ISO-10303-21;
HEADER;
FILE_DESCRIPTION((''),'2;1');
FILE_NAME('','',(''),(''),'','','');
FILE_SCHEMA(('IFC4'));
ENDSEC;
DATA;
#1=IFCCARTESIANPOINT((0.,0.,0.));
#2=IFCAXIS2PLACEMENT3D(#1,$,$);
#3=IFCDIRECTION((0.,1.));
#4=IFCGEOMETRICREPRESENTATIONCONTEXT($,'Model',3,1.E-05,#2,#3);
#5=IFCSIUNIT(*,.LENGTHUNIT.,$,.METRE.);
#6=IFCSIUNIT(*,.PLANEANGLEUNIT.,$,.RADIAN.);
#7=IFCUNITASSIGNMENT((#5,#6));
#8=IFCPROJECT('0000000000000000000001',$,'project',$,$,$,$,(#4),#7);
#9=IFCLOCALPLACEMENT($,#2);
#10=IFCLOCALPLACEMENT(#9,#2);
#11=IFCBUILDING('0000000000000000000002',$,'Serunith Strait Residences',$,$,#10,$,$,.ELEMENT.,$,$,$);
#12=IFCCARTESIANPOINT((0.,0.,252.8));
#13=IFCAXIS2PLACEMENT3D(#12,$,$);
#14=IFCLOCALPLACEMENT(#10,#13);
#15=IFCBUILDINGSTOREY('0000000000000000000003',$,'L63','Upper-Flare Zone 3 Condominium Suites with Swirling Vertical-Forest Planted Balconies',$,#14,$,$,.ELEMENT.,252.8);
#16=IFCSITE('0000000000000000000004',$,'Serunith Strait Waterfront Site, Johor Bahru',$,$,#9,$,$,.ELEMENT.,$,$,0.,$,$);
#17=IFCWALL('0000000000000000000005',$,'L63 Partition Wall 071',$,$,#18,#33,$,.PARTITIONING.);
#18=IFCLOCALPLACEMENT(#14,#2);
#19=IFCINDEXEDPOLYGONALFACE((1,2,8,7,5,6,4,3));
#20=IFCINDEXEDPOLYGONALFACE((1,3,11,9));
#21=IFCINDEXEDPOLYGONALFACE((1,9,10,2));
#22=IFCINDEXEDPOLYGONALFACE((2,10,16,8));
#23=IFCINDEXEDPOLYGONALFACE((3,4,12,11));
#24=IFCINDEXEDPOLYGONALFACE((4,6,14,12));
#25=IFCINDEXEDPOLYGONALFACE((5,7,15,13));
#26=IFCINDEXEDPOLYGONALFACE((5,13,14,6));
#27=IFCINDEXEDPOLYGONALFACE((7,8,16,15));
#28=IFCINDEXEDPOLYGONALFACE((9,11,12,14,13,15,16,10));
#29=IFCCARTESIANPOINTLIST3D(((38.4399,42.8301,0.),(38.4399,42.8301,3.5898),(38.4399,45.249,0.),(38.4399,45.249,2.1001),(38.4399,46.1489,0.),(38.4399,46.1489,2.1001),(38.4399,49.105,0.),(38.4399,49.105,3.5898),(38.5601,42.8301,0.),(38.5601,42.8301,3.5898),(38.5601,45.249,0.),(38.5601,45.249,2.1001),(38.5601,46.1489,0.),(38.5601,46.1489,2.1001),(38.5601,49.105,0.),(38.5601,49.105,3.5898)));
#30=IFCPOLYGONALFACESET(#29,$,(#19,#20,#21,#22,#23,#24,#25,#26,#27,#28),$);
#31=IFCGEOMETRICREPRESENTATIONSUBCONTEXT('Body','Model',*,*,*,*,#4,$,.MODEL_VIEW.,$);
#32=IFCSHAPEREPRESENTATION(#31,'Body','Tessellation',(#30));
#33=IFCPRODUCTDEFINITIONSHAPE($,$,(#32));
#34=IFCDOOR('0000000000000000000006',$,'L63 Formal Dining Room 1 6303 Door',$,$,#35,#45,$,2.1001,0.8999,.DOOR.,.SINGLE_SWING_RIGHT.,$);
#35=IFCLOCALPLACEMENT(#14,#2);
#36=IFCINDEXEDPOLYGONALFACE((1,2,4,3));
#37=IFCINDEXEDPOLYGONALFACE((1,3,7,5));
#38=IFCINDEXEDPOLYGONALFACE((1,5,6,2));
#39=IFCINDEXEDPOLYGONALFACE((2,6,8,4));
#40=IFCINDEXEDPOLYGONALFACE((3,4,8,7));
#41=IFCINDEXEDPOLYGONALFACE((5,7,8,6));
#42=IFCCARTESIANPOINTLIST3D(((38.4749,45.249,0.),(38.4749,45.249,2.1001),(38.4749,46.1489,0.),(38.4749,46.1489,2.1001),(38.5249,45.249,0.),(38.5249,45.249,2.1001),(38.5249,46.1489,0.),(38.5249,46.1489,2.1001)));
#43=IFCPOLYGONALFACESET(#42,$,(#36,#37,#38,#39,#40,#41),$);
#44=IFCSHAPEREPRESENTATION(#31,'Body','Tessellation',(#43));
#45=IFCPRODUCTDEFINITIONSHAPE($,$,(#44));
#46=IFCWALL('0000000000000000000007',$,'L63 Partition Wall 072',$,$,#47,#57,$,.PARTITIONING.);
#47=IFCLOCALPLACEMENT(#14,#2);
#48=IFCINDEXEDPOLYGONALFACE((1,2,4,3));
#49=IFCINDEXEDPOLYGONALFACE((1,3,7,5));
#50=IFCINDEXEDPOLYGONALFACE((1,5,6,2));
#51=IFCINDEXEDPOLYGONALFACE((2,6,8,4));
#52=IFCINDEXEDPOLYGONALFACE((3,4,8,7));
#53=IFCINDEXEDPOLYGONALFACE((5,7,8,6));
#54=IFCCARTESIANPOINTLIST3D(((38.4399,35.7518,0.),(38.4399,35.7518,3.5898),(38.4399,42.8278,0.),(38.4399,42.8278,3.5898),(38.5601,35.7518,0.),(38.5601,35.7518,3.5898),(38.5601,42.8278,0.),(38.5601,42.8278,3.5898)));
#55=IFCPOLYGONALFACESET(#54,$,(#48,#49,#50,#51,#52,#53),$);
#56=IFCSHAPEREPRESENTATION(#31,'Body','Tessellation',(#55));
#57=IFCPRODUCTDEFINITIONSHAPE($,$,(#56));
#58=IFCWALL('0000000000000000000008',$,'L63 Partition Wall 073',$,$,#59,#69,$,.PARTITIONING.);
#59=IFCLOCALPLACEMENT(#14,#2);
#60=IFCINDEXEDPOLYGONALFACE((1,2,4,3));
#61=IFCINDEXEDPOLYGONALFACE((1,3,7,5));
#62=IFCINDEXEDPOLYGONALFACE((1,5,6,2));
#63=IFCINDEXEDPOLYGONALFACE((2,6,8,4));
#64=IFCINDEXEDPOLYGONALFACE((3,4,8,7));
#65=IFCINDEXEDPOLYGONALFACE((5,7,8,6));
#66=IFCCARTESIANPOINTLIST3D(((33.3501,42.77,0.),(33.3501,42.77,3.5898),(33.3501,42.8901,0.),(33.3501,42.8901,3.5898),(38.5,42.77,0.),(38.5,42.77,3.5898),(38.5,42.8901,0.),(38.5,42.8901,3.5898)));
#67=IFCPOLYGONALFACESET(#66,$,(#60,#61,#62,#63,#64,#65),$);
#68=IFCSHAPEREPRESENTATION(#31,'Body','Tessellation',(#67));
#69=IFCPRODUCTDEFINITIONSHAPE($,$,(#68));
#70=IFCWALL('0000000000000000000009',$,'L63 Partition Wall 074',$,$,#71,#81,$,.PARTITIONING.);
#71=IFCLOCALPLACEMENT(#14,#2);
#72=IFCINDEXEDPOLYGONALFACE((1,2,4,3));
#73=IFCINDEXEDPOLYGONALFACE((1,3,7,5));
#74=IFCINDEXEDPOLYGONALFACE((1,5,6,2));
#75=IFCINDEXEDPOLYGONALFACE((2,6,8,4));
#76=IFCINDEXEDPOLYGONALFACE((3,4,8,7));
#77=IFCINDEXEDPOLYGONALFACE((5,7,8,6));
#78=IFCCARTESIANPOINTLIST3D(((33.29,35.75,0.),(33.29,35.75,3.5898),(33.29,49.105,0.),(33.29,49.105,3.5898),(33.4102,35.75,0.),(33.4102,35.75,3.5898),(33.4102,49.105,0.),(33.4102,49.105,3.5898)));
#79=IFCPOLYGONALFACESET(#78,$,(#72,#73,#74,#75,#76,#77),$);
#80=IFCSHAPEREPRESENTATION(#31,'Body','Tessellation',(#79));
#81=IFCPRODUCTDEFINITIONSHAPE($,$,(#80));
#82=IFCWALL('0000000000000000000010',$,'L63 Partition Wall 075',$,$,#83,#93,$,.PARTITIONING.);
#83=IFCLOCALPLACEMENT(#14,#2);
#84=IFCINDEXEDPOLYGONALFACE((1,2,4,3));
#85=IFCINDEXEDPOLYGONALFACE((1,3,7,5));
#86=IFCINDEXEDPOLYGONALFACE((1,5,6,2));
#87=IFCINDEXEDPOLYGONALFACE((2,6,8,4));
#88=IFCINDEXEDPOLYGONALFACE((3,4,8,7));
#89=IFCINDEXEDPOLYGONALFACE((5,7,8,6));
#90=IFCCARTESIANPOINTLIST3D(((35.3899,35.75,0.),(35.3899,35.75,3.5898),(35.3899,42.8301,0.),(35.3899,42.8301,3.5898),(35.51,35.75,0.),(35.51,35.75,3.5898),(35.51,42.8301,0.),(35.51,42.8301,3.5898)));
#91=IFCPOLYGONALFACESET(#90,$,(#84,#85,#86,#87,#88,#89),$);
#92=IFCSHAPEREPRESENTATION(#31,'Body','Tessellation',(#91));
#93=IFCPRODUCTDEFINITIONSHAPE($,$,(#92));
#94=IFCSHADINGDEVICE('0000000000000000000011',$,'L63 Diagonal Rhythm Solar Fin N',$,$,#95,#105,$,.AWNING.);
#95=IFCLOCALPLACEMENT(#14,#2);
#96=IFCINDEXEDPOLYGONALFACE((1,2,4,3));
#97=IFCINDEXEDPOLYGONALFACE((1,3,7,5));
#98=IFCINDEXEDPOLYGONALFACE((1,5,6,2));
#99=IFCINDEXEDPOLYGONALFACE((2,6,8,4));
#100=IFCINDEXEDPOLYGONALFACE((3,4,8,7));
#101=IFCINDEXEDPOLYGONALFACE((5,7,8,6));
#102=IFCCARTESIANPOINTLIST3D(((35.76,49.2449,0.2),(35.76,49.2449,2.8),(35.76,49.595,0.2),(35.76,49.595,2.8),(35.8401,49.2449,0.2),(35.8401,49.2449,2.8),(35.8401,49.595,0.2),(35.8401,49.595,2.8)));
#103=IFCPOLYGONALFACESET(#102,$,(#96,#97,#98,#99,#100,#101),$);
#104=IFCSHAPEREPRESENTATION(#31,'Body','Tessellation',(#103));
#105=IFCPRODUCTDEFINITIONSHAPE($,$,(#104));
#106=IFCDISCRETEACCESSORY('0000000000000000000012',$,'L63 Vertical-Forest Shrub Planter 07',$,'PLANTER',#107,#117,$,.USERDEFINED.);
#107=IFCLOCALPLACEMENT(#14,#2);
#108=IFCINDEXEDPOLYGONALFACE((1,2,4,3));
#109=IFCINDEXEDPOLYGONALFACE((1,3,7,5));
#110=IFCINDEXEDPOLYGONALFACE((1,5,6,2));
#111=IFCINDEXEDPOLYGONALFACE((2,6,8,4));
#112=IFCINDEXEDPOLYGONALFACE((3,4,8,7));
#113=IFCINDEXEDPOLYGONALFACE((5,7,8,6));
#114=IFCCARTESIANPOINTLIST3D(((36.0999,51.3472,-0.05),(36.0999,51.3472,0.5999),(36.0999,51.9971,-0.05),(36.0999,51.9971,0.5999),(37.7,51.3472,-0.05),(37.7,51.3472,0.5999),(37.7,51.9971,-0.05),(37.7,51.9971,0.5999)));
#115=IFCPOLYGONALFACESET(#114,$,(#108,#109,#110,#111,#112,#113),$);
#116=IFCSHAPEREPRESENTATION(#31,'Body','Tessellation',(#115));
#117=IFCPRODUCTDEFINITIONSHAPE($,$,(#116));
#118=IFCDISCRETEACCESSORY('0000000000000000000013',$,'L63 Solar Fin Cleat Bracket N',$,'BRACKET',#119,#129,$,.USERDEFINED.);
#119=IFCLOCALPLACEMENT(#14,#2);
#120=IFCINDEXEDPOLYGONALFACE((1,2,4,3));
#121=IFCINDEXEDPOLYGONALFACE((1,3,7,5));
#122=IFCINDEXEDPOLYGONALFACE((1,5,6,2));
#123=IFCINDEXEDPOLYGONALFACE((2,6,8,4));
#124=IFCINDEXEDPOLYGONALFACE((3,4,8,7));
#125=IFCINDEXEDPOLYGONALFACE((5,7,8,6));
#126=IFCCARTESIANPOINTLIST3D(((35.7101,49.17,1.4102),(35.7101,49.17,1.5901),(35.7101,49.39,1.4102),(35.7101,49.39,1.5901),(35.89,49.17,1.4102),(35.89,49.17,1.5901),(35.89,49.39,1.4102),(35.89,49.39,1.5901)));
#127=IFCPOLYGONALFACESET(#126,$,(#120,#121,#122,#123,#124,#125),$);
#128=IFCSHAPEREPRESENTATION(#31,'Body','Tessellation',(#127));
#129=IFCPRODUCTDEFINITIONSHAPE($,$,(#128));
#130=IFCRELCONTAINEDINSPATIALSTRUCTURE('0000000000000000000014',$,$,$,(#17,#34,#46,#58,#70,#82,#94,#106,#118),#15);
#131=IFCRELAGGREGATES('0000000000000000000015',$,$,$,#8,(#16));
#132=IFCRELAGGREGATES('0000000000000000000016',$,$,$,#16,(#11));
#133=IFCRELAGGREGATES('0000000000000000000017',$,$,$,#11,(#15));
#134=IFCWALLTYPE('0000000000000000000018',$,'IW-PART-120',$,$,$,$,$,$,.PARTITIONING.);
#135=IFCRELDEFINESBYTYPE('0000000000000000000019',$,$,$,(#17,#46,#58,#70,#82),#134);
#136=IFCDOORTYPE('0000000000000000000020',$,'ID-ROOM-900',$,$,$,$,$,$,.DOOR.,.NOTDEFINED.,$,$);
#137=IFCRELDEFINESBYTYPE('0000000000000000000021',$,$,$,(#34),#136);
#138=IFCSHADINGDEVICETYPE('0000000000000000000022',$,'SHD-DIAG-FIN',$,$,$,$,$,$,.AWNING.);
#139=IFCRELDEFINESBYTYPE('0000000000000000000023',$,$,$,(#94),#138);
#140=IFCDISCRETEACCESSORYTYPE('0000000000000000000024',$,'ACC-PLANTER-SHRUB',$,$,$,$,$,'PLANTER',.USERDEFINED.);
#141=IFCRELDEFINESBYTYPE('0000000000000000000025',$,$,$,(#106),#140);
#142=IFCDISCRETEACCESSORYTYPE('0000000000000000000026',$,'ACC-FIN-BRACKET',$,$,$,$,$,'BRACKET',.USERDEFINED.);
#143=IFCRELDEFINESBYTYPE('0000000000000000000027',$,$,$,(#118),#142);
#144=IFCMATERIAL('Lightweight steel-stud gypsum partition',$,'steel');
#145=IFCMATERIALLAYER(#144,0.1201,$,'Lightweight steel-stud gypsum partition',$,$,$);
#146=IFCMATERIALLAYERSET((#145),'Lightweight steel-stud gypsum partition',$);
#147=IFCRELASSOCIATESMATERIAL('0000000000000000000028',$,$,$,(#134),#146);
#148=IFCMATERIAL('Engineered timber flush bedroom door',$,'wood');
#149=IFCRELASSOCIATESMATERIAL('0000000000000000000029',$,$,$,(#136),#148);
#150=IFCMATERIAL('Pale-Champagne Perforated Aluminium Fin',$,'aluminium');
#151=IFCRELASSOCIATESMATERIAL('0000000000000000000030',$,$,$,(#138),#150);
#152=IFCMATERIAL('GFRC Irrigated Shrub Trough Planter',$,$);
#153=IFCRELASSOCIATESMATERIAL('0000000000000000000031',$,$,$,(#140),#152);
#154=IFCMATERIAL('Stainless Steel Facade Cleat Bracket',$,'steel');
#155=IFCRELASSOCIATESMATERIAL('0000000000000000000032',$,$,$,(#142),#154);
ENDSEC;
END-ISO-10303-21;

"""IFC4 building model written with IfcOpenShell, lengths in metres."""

from ifc_helpers import new_model, si_unit, direction, frame, frame_2d, origin, origin_2d, place, context, subcontext, project, spatial, rectangle, extrude, source, transform, mapped, material, layer, layer_set, type_object, element, fill, save


model = new_model("IFC4")

# Units and contexts
model_context = context("Model", 3, precision=1e-05, world=origin(), true_north=direction((0.0, 1.0)))
body_context = subcontext(model_context, "Body", "Model", "MODEL_VIEW")
ifc_project = project(units=[si_unit("LENGTHUNIT", "METRE"), si_unit("PLANEANGLEUNIT", "RADIAN")], contexts=[model_context])

# Site, building, storey
site_placement = place(None, origin())
site = spatial("IfcSite", under=ifc_project, at=site_placement, Name="Serunith Strait Waterfront Site, Johor Bahru", CompositionType="ELEMENT", RefElevation=0.0)
building_placement = place(site_placement, origin())
building = spatial("IfcBuilding", under=site, at=building_placement, Name="Serunith Strait Residences", CompositionType="ELEMENT")
storey_placement = place(building_placement, frame((0.0, 0.0, 252.8)))
storey = spatial("IfcBuildingStorey", under=building, at=storey_placement, Name="L63", Description="Upper-Flare Zone 3 Condominium Suites with Swirling Vertical-Forest Planted Balconies", CompositionType="ELEMENT", Elevation=252.8)

# Shared definitions
ifc_material_1 = material(Name="Lightweight steel-stud gypsum partition", Category="steel")
ifc_layer_1 = layer(ifc_material_1, 0.1201, Name="Lightweight steel-stud gypsum partition")
ifc_layer_set_1 = layer_set([ifc_layer_1], Name="Lightweight steel-stud gypsum partition")
wall_type = type_object("IfcWallType", Name="IW-PART-120", PredefinedType="PARTITIONING", material=ifc_layer_set_1)

# Wall, opening, door
wall_1_placement = place(storey_placement, frame((38.5, 49.105, 0.0), z_axis=(0.0, 0.0, 1.0), x_axis=(0.0, -1.0, 0.0)))
wall_1 = element("IfcWall", 1, at=wall_1_placement, inside=storey, type_object=wall_type, Name="L63 Partition Wall 071", PredefinedType="PARTITIONING", context=body_context, shape_type="SweptSolid", body=[
    extrude(rectangle(XDim=6.2749, YDim=0.1201, at=frame_2d((3.1375, 0.0))), origin(), (0.0, 0.0, 1.0), 3.5898),
])
opening_placement = place(wall_1_placement, frame((2.9561, 0.0, 0.0)))
opening = element("IfcOpeningElement", 2, at=opening_placement, cuts=wall_1, PredefinedType="OPENING", context=body_context, shape_type="SweptSolid", body=[
    extrude(rectangle(XDim=0.8999, YDim=2.1001, at=frame_2d((0.45, 1.05))), frame((0.0, 0.0701, 0.0), z_axis=(0.0, -1.0, 0.0), x_axis=(1.0, 0.0, 0.0)), (0.0, 0.0, 1.0), 0.1401),
])
ifc_material_2 = material(Name="Engineered timber flush bedroom door", Category="wood")
door_type = type_object("IfcDoorType", Name="ID-ROOM-900", OperationType="NOTDEFINED", PredefinedType="DOOR", material=ifc_material_2)
shared_shape_1 = source(origin(), body_context, "Body", "SweptSolid", [
    extrude(rectangle(XDim=0.8999, YDim=2.1001, at=frame_2d((0.45, 1.05))), frame((0.0, 0.0249, 0.0), z_axis=(0.0, -1.0, 0.0), x_axis=(1.0, 0.0, 0.0)), (0.0, 0.0, 1.0), 0.05),
])
door_placement = place(opening_placement, origin())
door = element("IfcDoor", 3, at=door_placement, inside=storey, type_object=door_type, Name="L63 Formal Dining Room 1 6303 Door", OperationType="SINGLE_SWING_RIGHT", OverallHeight=2.1001, OverallWidth=0.8999, PredefinedType="DOOR", context=body_context, shape_type="MappedRepresentation", body=[
    mapped(shared_shape_1, transform((0.0, 0.0, 0.0), scale=1.0)),
])
fill(opening, door)

# Walls
wall_2_placement = place(storey_placement, frame((38.5, 42.8279, 0.0), z_axis=(0.0, 0.0, 1.0), x_axis=(0.0, -1.0, 0.0)))
element("IfcWall", 4, at=wall_2_placement, inside=storey, type_object=wall_type, Name="L63 Partition Wall 072", PredefinedType="PARTITIONING", context=body_context, shape_type="SweptSolid", body=[
    extrude(rectangle(XDim=7.0759, YDim=0.1201, at=frame_2d((3.5381, 0.0))), origin(), (0.0, 0.0, 1.0), 3.5898),
])
wall_3_placement = place(storey_placement, frame((33.3501, 42.8301, 0.0), z_axis=(0.0, 0.0, 1.0), x_axis=(1.0, 0.0, 0.0)))
element("IfcWall", 5, at=wall_3_placement, inside=storey, type_object=wall_type, Name="L63 Partition Wall 073", PredefinedType="PARTITIONING", context=body_context, shape_type="SweptSolid", body=[
    extrude(rectangle(XDim=5.1499, YDim=0.1201, at=frame_2d((2.575, 0.0))), origin(), (0.0, 0.0, 1.0), 3.5898),
])
wall_4_placement = place(storey_placement, frame((33.3501, 49.105, 0.0), z_axis=(0.0, 0.0, 1.0), x_axis=(0.0, -1.0, 0.0)))
element("IfcWall", 6, at=wall_4_placement, inside=storey, type_object=wall_type, Name="L63 Partition Wall 074", PredefinedType="PARTITIONING", context=body_context, shape_type="SweptSolid", body=[
    extrude(rectangle(XDim=13.355, YDim=0.1201, at=frame_2d((6.6775, 0.0))), origin(), (0.0, 0.0, 1.0), 3.5898),
])
wall_5_placement = place(storey_placement, frame((35.45, 42.8301, 0.0), z_axis=(0.0, 0.0, 1.0), x_axis=(0.0, -1.0, 0.0)))
element("IfcWall", 7, at=wall_5_placement, inside=storey, type_object=wall_type, Name="L63 Partition Wall 075", PredefinedType="PARTITIONING", context=body_context, shape_type="SweptSolid", body=[
    extrude(rectangle(XDim=7.0801, YDim=0.1201, at=frame_2d((3.54, 0.0))), origin(), (0.0, 0.0, 1.0), 3.5898),
])

# Shading device
ifc_material_3 = material(Name="Pale-Champagne Perforated Aluminium Fin", Category="aluminium")
shading_device_type = type_object("IfcShadingDeviceType", Name="SHD-DIAG-FIN", PredefinedType="AWNING", material=ifc_material_3)
shared_shape_2 = source(origin(), body_context, "Body", "SweptSolid", [
    extrude(rectangle(XDim=0.0801, YDim=0.3501, at=origin_2d()), origin(), (0.0, 0.0, 1.0), 2.6001),
])
shading_device_placement = place(storey_placement, frame((35.8, 49.4199, 0.2), z_axis=(0.0, 0.0, 1.0), x_axis=(1.0, 0.0, 0.0)))
element("IfcShadingDevice", 8, at=shading_device_placement, inside=storey, type_object=shading_device_type, Name="L63 Diagonal Rhythm Solar Fin N", PredefinedType="AWNING", context=body_context, shape_type="MappedRepresentation", body=[
    mapped(shared_shape_2, transform((0.0, 0.0, 0.0), scale=1.0)),
])

# Discrete accessories
ifc_material_4 = material(Name="GFRC Irrigated Shrub Trough Planter")
discrete_accessory_type_1 = type_object("IfcDiscreteAccessoryType", Name="ACC-PLANTER-SHRUB", ElementType="PLANTER", PredefinedType="USERDEFINED", material=ifc_material_4)
shared_shape_3 = source(origin(), body_context, "Body", "SweptSolid", [
    extrude(rectangle(XDim=1.6001, YDim=0.6499, at=origin_2d()), origin(), (0.0, 0.0, 1.0), 0.6499),
])
discrete_accessory_1_placement = place(storey_placement, frame((36.8999, 51.6721, -0.05), z_axis=(0.0, 0.0, 1.0), x_axis=(-1.0, 0.0, 0.0)))
element("IfcDiscreteAccessory", 9, at=discrete_accessory_1_placement, inside=storey, type_object=discrete_accessory_type_1, Name="L63 Vertical-Forest Shrub Planter 07", ObjectType="PLANTER", PredefinedType="USERDEFINED", context=body_context, shape_type="MappedRepresentation", body=[
    mapped(shared_shape_3, transform((0.0, 0.0, 0.0), scale=1.0)),
])
ifc_material_5 = material(Name="Stainless Steel Facade Cleat Bracket", Category="steel")
discrete_accessory_type_2 = type_object("IfcDiscreteAccessoryType", Name="ACC-FIN-BRACKET", ElementType="BRACKET", PredefinedType="USERDEFINED", material=ifc_material_5)
shared_shape_4 = source(origin(), body_context, "Body", "SweptSolid", [
    extrude(rectangle(XDim=0.1799, YDim=0.22, at=origin_2d()), origin(), (0.0, 0.0, 1.0), 0.1799),
])
discrete_accessory_2_placement = place(storey_placement, frame((35.8, 49.28, 1.4102), z_axis=(0.0, 0.0, 1.0), x_axis=(1.0, 0.0, 0.0)))
element("IfcDiscreteAccessory", 10, at=discrete_accessory_2_placement, inside=storey, type_object=discrete_accessory_type_2, Name="L63 Solar Fin Cleat Bracket N", ObjectType="BRACKET", PredefinedType="USERDEFINED", context=body_context, shape_type="MappedRepresentation", body=[
    mapped(shared_shape_4, transform((0.0, 0.0, 0.0), scale=1.0)),
])

save(model, "model.ifc")
